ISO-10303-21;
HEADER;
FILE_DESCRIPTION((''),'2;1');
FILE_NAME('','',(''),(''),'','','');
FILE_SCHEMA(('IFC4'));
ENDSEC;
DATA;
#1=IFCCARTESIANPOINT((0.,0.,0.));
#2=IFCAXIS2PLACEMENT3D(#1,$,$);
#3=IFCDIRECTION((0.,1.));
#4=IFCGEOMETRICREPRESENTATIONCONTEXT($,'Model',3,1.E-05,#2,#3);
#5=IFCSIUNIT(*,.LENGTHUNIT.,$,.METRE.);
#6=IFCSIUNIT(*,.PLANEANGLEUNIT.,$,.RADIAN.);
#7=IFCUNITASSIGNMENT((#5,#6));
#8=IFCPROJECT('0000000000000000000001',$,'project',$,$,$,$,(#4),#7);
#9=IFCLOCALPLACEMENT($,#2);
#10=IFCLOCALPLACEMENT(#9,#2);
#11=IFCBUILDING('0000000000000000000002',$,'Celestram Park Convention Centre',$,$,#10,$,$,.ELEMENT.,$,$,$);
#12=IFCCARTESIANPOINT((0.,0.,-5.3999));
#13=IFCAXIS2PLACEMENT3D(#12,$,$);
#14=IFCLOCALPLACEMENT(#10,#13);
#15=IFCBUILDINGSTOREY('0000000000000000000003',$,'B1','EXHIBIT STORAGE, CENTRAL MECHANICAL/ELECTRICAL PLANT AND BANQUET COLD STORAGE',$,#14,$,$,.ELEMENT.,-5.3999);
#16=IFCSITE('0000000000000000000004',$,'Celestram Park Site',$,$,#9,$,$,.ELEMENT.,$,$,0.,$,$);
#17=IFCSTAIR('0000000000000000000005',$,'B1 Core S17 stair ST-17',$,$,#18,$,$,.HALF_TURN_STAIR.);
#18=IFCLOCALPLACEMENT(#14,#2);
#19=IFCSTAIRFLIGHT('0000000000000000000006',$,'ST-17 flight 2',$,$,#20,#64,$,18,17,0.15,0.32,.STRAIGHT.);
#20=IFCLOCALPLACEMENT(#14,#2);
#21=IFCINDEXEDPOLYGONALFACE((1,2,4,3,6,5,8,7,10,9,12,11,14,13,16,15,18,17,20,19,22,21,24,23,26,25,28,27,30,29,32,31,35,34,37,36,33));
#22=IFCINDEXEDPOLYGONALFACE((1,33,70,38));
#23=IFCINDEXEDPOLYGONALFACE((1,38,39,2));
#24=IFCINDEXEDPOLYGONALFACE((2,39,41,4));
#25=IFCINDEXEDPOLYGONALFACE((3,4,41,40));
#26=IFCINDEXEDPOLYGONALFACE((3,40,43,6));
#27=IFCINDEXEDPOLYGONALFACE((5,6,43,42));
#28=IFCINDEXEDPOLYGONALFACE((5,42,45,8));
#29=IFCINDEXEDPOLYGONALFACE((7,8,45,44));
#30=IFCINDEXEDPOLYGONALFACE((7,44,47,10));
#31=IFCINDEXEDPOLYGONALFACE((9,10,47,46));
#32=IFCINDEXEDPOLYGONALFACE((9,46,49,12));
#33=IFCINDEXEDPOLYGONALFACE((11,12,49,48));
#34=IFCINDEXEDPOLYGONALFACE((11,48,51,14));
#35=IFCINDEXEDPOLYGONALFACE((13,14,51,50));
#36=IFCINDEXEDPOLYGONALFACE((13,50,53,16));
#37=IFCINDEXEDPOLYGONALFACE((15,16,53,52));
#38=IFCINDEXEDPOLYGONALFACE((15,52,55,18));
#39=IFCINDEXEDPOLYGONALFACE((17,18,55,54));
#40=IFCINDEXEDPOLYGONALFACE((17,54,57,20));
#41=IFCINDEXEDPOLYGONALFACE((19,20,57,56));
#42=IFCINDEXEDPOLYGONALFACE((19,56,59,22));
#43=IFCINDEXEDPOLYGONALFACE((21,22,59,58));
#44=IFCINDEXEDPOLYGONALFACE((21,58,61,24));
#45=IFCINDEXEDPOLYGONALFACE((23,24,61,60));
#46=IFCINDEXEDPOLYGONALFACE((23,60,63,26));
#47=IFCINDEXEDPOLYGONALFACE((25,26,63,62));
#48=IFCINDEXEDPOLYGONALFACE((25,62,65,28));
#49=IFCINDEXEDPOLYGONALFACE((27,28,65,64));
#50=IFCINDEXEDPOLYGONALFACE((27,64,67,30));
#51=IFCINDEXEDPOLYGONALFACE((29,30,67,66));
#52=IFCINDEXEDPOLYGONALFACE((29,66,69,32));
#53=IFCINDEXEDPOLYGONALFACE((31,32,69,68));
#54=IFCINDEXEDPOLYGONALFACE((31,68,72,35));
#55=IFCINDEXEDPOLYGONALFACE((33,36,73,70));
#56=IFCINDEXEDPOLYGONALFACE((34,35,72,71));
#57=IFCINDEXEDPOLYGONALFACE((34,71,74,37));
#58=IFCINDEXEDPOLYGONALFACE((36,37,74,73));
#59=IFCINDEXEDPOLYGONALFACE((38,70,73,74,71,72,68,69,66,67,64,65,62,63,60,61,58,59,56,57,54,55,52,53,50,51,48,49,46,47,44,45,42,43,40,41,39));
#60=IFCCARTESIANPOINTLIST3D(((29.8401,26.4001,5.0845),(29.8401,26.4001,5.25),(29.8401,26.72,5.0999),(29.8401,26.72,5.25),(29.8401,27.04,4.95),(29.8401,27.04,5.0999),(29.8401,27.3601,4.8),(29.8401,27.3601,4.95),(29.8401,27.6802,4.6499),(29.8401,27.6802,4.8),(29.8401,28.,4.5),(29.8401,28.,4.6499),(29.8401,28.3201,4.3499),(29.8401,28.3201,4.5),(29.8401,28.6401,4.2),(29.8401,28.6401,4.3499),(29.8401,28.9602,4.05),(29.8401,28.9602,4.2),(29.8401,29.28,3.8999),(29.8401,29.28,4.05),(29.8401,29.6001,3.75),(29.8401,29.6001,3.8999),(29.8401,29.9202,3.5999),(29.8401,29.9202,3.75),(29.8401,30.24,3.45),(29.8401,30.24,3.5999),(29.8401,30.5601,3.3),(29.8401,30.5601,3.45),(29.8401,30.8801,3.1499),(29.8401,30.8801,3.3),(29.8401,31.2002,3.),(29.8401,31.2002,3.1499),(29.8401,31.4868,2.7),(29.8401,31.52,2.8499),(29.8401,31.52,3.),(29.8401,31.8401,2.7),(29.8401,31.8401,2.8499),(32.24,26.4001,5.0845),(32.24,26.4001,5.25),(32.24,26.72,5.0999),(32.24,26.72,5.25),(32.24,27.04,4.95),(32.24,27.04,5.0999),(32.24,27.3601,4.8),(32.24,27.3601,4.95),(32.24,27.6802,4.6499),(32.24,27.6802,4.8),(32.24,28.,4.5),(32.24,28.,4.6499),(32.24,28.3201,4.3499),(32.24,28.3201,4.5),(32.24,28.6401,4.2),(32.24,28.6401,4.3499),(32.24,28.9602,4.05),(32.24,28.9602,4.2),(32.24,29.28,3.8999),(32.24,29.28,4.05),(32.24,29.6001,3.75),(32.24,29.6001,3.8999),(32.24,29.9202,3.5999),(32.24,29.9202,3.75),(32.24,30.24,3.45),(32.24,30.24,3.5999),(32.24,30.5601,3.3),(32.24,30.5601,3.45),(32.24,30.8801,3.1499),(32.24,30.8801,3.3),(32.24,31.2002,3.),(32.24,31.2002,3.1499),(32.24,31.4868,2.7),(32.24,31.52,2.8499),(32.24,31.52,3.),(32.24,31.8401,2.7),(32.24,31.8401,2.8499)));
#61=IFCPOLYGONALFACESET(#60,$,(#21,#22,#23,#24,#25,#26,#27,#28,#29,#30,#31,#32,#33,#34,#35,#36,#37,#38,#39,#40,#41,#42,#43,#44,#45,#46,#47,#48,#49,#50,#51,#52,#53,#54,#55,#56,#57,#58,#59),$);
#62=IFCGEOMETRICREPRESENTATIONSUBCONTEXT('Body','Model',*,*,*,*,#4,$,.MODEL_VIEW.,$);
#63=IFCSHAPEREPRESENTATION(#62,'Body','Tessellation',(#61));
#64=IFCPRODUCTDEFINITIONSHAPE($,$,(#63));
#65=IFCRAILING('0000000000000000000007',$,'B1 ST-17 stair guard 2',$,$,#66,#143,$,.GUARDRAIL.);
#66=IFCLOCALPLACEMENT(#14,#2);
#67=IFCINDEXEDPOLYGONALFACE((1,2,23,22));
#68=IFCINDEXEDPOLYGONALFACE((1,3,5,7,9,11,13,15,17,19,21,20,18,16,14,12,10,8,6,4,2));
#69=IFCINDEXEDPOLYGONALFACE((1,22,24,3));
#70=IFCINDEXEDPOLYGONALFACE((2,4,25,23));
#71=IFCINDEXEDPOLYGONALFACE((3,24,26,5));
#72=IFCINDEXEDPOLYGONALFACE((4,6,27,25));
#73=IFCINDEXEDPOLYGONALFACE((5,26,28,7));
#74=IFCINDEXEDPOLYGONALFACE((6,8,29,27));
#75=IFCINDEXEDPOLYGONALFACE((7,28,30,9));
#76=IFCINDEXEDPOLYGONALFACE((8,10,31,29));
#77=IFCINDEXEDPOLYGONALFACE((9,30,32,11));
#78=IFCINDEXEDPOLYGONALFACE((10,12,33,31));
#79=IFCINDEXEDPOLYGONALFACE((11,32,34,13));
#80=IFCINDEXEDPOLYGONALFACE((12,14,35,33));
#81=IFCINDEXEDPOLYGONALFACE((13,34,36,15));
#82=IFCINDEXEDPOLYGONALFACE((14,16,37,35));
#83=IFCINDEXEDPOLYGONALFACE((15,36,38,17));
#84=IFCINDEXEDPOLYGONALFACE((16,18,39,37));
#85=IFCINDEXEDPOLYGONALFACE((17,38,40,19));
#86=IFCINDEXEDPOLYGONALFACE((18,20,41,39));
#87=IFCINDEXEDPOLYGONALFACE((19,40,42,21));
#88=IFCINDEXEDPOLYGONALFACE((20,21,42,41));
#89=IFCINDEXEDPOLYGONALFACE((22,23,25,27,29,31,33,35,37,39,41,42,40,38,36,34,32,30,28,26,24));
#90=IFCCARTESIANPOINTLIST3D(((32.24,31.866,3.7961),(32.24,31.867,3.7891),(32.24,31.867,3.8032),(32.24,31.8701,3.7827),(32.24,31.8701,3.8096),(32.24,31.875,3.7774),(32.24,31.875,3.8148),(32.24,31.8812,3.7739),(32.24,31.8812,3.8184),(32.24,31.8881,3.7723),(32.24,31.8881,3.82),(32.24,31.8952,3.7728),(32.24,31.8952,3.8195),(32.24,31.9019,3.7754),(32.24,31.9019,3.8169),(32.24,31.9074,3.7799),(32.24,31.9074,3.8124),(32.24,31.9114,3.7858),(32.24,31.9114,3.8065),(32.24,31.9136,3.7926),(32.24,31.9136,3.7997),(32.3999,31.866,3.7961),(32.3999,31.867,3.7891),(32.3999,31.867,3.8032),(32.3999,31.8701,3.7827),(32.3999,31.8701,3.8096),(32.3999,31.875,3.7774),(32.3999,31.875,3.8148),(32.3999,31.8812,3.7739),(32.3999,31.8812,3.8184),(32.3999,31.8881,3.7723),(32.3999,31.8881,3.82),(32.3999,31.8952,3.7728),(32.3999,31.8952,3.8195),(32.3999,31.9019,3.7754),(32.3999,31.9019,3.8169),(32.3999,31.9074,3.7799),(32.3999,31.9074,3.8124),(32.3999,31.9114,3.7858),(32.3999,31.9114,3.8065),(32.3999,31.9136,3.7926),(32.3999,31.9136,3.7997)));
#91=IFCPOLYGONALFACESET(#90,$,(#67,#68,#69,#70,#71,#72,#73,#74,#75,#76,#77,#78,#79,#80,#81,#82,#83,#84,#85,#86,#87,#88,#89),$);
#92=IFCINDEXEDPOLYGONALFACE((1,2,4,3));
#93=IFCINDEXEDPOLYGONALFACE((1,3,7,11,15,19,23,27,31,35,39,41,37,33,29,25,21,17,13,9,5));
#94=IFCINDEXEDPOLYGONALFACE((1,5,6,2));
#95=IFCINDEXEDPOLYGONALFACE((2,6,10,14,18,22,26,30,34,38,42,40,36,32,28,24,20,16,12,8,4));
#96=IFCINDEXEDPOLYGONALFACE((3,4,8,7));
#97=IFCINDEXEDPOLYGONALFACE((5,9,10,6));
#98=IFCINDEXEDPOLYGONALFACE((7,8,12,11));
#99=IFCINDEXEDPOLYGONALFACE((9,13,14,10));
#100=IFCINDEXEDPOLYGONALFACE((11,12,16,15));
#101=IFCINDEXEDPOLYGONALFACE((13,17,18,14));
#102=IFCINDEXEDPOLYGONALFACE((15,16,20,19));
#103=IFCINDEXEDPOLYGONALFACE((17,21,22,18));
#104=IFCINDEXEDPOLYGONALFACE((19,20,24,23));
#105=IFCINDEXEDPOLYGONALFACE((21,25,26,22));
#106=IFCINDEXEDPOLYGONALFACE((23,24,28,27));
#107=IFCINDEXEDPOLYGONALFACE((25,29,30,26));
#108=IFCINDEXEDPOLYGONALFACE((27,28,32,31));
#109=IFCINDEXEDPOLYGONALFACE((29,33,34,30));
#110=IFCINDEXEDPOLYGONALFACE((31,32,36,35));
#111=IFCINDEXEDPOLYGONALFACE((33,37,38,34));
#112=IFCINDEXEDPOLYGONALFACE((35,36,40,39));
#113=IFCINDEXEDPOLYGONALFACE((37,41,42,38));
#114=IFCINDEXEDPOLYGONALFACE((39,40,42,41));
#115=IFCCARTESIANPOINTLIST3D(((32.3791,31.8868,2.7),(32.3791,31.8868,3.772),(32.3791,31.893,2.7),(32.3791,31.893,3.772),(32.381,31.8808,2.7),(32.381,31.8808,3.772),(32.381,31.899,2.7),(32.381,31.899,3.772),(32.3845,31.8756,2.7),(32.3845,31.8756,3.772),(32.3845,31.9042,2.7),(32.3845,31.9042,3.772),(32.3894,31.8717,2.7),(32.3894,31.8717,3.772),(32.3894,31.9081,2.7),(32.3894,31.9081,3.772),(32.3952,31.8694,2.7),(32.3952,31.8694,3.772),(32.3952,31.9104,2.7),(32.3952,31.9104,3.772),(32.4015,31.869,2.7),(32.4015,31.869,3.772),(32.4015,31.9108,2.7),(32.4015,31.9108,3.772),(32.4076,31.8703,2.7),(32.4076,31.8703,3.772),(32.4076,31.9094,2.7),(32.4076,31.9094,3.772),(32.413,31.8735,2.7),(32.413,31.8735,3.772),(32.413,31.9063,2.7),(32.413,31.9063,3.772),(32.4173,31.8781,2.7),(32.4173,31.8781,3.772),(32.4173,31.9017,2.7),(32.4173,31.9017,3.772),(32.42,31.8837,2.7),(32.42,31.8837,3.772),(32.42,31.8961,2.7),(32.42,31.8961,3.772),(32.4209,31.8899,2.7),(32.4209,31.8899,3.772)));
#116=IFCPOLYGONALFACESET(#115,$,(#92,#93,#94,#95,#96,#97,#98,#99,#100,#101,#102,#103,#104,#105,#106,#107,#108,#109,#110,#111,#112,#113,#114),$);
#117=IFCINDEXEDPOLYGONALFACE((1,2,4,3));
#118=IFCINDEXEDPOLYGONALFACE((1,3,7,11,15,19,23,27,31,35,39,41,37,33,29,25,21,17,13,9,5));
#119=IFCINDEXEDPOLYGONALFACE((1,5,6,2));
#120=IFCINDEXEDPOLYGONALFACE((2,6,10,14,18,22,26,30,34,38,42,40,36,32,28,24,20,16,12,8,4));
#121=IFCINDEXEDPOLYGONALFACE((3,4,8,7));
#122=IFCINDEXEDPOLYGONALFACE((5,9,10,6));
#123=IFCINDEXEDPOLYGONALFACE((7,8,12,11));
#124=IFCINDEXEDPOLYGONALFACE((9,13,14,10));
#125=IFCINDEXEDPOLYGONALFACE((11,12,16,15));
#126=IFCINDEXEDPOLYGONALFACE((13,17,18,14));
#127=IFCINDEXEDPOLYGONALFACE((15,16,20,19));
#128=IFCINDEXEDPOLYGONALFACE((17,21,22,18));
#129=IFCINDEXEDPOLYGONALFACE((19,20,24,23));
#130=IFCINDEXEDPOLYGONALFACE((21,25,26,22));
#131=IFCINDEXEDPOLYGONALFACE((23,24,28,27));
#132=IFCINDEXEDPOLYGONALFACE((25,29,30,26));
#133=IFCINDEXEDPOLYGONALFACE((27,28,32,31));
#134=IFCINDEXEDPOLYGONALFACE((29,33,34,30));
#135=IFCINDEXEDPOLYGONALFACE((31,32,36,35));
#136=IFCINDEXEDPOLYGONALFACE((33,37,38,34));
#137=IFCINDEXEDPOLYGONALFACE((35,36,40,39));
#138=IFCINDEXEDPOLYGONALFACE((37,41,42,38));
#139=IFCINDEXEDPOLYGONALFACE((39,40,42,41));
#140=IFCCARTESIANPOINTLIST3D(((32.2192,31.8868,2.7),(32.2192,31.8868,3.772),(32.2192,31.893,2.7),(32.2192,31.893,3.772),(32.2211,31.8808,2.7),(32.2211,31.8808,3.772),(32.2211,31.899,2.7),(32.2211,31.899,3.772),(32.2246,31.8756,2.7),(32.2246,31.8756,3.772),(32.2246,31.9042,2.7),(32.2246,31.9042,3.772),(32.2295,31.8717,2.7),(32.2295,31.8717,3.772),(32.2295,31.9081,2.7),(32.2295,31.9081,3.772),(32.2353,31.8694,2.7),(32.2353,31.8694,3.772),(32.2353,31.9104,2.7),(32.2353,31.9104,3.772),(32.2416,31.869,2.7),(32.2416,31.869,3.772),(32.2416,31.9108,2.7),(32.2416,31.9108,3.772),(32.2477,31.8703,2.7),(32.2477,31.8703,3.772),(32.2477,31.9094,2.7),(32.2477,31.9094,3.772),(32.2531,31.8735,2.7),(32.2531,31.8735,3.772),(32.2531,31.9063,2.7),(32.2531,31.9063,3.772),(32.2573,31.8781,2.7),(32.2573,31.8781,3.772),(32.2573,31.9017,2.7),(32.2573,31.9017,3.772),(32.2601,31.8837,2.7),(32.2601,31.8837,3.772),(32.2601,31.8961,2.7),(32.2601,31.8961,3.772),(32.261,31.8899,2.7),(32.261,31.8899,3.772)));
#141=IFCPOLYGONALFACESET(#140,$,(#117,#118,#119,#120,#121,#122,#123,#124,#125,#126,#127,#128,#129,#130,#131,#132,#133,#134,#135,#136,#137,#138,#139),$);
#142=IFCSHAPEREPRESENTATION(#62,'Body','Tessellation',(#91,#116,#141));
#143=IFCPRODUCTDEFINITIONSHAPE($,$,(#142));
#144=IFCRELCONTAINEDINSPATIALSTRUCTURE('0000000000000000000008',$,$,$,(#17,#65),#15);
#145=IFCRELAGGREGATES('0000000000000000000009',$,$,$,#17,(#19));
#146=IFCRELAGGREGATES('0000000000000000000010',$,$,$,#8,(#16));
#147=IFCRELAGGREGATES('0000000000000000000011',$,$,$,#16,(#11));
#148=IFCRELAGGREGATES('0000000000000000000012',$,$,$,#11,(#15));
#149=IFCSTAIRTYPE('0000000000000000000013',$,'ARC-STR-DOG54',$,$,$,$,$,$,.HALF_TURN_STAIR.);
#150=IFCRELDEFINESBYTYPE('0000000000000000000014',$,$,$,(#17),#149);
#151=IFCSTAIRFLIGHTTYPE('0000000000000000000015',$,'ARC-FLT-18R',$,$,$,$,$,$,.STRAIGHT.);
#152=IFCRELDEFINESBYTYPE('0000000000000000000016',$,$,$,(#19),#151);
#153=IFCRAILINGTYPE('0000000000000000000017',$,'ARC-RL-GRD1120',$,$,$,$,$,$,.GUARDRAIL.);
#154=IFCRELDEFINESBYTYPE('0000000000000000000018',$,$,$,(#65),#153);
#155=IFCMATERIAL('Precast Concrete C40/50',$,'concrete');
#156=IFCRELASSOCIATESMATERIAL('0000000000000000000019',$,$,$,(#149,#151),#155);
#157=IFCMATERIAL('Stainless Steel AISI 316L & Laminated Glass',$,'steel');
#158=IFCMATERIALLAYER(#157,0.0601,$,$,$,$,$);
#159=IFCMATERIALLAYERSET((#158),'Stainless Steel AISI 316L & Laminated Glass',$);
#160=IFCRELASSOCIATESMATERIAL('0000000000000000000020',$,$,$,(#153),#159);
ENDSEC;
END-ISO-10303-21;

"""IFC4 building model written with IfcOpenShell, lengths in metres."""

from ifc_helpers import new_model, si_unit, direction, frame, origin, origin_2d, place, context, subcontext, project, spatial, polyline, circle, outline, extrude, material, layer, layer_set, type_object, element, aggregate, save


model = new_model("IFC4")

# Units and contexts
model_context = context("Model", 3, precision=1e-05, world=origin(), true_north=direction((0.0, 1.0)))
body_context = subcontext(model_context, "Body", "Model", "MODEL_VIEW")
ifc_project = project(units=[si_unit("LENGTHUNIT", "METRE"), si_unit("PLANEANGLEUNIT", "RADIAN")], contexts=[model_context])

# Site, building, storey
site_placement = place(None, origin())
site = spatial("IfcSite", under=ifc_project, at=site_placement, Name="Celestram Park Site", CompositionType="ELEMENT", RefElevation=0.0)
building_placement = place(site_placement, origin())
building = spatial("IfcBuilding", under=site, at=building_placement, Name="Celestram Park Convention Centre", CompositionType="ELEMENT")
storey_placement = place(building_placement, frame((0.0, 0.0, -5.3999)))
storey = spatial("IfcBuildingStorey", under=building, at=storey_placement, Name="B1", Description="EXHIBIT STORAGE, CENTRAL MECHANICAL/ELECTRICAL PLANT AND BANQUET COLD STORAGE", CompositionType="ELEMENT", Elevation=-5.3999)

# Stair, stair flight
ifc_material_1 = material(Name="Precast Concrete C40/50", Category="concrete")
stair_type = type_object("IfcStairType", Name="ARC-STR-DOG54", PredefinedType="HALF_TURN_STAIR", material=ifc_material_1)
stair_placement = place(storey_placement, origin())
stair = element("IfcStair", 1, at=stair_placement, inside=storey, type_object=stair_type, Name="B1 Core S17 stair ST-17", PredefinedType="HALF_TURN_STAIR")
stair_flight_type = type_object("IfcStairFlightType", Name="ARC-FLT-18R", PredefinedType="STRAIGHT", material=ifc_material_1)
stair_flight_placement = place(storey_placement, frame((31.04, 31.8401, 2.7), z_axis=(0.0, 0.0, 1.0), x_axis=(0.0, -1.0, 0.0)))
stair_flight = element("IfcStairFlight", 2, at=stair_flight_placement, type_object=stair_flight_type, Name="ST-17 flight 2", NumberOfRisers=18, NumberOfTreads=17, PredefinedType="STRAIGHT", RiserHeight=0.15, TreadLength=0.32, context=body_context, shape_type="SweptSolid", body=[
    extrude(outline(polyline([(0.0, 0.0), (0.0, 0.1499), (0.3201, 0.1499), (0.3201, 0.3), (0.6399, 0.3), (0.6399, 0.45), (0.96, 0.45), (0.96, 0.6001), (1.28, 0.6001), (1.28, 0.75), (1.6001, 0.75), (1.6001, 0.8999), (1.9199, 0.8999), (1.9199, 1.05), (2.24, 1.05), (2.24, 1.2), (2.5601, 1.2), (2.5601, 1.3501), (2.8799, 1.3501), (2.8799, 1.5), (3.2, 1.5), (3.2, 1.6499), (3.52, 1.6499), (3.52, 1.8), (3.8401, 1.8), (3.8401, 1.95), (4.1599, 1.95), (4.1599, 2.1001), (4.48, 2.1001), (4.48, 2.25), (4.8, 2.25), (4.8, 2.3999), (5.1201, 2.3999), (5.1201, 2.55), (5.4399, 2.55), (5.4399, 2.7), (5.4399, 2.3845), (0.3533, 0.0), (0.0, 0.0)])), frame((0.0, 1.2, 0.0), z_axis=(0.0, -1.0, 0.0), x_axis=(1.0, 0.0, 0.0)), (0.0, 0.0, 1.0), 2.3999),
])
aggregate(stair, [stair_flight])

# Railing
ifc_material_2 = material(Name="Stainless Steel AISI 316L & Laminated Glass", Category="steel")
ifc_layer_1 = layer(ifc_material_2, 0.0601)
ifc_layer_set_1 = layer_set([ifc_layer_1], Name="Stainless Steel AISI 316L & Laminated Glass")
railing_type_1 = type_object("IfcRailingType", Name="ARC-RL-GRD1120", PredefinedType="GUARDRAIL", material=ifc_layer_set_1)
railing_1_placement = place(storey_placement, frame((32.3999, 31.8899, 2.7)))
element("IfcRailing", 3, at=railing_1_placement, inside=storey, type_object=railing_type_1, Name="B1 ST-17 stair guard 2", PredefinedType="GUARDRAIL", context=body_context, shape_type="SweptSolid", body=[
    extrude(circle(Radius=0.0239, at=origin_2d()), frame((0.0, 0.0, 1.0962), z_axis=(-1.0, 0.0, 0.0), x_axis=(0.0, -1.0, 0.0)), (0.0, 0.0, 1.0), 0.1599),
    extrude(circle(Radius=0.021, at=origin_2d()), origin(), (0.0, 0.0, 1.0), 1.072),
    extrude(circle(Radius=0.021, at=origin_2d()), frame((-0.1599, 0.0, 0.0)), (0.0, 0.0, 1.0), 1.072),
])

save(model, "model.ifc")
